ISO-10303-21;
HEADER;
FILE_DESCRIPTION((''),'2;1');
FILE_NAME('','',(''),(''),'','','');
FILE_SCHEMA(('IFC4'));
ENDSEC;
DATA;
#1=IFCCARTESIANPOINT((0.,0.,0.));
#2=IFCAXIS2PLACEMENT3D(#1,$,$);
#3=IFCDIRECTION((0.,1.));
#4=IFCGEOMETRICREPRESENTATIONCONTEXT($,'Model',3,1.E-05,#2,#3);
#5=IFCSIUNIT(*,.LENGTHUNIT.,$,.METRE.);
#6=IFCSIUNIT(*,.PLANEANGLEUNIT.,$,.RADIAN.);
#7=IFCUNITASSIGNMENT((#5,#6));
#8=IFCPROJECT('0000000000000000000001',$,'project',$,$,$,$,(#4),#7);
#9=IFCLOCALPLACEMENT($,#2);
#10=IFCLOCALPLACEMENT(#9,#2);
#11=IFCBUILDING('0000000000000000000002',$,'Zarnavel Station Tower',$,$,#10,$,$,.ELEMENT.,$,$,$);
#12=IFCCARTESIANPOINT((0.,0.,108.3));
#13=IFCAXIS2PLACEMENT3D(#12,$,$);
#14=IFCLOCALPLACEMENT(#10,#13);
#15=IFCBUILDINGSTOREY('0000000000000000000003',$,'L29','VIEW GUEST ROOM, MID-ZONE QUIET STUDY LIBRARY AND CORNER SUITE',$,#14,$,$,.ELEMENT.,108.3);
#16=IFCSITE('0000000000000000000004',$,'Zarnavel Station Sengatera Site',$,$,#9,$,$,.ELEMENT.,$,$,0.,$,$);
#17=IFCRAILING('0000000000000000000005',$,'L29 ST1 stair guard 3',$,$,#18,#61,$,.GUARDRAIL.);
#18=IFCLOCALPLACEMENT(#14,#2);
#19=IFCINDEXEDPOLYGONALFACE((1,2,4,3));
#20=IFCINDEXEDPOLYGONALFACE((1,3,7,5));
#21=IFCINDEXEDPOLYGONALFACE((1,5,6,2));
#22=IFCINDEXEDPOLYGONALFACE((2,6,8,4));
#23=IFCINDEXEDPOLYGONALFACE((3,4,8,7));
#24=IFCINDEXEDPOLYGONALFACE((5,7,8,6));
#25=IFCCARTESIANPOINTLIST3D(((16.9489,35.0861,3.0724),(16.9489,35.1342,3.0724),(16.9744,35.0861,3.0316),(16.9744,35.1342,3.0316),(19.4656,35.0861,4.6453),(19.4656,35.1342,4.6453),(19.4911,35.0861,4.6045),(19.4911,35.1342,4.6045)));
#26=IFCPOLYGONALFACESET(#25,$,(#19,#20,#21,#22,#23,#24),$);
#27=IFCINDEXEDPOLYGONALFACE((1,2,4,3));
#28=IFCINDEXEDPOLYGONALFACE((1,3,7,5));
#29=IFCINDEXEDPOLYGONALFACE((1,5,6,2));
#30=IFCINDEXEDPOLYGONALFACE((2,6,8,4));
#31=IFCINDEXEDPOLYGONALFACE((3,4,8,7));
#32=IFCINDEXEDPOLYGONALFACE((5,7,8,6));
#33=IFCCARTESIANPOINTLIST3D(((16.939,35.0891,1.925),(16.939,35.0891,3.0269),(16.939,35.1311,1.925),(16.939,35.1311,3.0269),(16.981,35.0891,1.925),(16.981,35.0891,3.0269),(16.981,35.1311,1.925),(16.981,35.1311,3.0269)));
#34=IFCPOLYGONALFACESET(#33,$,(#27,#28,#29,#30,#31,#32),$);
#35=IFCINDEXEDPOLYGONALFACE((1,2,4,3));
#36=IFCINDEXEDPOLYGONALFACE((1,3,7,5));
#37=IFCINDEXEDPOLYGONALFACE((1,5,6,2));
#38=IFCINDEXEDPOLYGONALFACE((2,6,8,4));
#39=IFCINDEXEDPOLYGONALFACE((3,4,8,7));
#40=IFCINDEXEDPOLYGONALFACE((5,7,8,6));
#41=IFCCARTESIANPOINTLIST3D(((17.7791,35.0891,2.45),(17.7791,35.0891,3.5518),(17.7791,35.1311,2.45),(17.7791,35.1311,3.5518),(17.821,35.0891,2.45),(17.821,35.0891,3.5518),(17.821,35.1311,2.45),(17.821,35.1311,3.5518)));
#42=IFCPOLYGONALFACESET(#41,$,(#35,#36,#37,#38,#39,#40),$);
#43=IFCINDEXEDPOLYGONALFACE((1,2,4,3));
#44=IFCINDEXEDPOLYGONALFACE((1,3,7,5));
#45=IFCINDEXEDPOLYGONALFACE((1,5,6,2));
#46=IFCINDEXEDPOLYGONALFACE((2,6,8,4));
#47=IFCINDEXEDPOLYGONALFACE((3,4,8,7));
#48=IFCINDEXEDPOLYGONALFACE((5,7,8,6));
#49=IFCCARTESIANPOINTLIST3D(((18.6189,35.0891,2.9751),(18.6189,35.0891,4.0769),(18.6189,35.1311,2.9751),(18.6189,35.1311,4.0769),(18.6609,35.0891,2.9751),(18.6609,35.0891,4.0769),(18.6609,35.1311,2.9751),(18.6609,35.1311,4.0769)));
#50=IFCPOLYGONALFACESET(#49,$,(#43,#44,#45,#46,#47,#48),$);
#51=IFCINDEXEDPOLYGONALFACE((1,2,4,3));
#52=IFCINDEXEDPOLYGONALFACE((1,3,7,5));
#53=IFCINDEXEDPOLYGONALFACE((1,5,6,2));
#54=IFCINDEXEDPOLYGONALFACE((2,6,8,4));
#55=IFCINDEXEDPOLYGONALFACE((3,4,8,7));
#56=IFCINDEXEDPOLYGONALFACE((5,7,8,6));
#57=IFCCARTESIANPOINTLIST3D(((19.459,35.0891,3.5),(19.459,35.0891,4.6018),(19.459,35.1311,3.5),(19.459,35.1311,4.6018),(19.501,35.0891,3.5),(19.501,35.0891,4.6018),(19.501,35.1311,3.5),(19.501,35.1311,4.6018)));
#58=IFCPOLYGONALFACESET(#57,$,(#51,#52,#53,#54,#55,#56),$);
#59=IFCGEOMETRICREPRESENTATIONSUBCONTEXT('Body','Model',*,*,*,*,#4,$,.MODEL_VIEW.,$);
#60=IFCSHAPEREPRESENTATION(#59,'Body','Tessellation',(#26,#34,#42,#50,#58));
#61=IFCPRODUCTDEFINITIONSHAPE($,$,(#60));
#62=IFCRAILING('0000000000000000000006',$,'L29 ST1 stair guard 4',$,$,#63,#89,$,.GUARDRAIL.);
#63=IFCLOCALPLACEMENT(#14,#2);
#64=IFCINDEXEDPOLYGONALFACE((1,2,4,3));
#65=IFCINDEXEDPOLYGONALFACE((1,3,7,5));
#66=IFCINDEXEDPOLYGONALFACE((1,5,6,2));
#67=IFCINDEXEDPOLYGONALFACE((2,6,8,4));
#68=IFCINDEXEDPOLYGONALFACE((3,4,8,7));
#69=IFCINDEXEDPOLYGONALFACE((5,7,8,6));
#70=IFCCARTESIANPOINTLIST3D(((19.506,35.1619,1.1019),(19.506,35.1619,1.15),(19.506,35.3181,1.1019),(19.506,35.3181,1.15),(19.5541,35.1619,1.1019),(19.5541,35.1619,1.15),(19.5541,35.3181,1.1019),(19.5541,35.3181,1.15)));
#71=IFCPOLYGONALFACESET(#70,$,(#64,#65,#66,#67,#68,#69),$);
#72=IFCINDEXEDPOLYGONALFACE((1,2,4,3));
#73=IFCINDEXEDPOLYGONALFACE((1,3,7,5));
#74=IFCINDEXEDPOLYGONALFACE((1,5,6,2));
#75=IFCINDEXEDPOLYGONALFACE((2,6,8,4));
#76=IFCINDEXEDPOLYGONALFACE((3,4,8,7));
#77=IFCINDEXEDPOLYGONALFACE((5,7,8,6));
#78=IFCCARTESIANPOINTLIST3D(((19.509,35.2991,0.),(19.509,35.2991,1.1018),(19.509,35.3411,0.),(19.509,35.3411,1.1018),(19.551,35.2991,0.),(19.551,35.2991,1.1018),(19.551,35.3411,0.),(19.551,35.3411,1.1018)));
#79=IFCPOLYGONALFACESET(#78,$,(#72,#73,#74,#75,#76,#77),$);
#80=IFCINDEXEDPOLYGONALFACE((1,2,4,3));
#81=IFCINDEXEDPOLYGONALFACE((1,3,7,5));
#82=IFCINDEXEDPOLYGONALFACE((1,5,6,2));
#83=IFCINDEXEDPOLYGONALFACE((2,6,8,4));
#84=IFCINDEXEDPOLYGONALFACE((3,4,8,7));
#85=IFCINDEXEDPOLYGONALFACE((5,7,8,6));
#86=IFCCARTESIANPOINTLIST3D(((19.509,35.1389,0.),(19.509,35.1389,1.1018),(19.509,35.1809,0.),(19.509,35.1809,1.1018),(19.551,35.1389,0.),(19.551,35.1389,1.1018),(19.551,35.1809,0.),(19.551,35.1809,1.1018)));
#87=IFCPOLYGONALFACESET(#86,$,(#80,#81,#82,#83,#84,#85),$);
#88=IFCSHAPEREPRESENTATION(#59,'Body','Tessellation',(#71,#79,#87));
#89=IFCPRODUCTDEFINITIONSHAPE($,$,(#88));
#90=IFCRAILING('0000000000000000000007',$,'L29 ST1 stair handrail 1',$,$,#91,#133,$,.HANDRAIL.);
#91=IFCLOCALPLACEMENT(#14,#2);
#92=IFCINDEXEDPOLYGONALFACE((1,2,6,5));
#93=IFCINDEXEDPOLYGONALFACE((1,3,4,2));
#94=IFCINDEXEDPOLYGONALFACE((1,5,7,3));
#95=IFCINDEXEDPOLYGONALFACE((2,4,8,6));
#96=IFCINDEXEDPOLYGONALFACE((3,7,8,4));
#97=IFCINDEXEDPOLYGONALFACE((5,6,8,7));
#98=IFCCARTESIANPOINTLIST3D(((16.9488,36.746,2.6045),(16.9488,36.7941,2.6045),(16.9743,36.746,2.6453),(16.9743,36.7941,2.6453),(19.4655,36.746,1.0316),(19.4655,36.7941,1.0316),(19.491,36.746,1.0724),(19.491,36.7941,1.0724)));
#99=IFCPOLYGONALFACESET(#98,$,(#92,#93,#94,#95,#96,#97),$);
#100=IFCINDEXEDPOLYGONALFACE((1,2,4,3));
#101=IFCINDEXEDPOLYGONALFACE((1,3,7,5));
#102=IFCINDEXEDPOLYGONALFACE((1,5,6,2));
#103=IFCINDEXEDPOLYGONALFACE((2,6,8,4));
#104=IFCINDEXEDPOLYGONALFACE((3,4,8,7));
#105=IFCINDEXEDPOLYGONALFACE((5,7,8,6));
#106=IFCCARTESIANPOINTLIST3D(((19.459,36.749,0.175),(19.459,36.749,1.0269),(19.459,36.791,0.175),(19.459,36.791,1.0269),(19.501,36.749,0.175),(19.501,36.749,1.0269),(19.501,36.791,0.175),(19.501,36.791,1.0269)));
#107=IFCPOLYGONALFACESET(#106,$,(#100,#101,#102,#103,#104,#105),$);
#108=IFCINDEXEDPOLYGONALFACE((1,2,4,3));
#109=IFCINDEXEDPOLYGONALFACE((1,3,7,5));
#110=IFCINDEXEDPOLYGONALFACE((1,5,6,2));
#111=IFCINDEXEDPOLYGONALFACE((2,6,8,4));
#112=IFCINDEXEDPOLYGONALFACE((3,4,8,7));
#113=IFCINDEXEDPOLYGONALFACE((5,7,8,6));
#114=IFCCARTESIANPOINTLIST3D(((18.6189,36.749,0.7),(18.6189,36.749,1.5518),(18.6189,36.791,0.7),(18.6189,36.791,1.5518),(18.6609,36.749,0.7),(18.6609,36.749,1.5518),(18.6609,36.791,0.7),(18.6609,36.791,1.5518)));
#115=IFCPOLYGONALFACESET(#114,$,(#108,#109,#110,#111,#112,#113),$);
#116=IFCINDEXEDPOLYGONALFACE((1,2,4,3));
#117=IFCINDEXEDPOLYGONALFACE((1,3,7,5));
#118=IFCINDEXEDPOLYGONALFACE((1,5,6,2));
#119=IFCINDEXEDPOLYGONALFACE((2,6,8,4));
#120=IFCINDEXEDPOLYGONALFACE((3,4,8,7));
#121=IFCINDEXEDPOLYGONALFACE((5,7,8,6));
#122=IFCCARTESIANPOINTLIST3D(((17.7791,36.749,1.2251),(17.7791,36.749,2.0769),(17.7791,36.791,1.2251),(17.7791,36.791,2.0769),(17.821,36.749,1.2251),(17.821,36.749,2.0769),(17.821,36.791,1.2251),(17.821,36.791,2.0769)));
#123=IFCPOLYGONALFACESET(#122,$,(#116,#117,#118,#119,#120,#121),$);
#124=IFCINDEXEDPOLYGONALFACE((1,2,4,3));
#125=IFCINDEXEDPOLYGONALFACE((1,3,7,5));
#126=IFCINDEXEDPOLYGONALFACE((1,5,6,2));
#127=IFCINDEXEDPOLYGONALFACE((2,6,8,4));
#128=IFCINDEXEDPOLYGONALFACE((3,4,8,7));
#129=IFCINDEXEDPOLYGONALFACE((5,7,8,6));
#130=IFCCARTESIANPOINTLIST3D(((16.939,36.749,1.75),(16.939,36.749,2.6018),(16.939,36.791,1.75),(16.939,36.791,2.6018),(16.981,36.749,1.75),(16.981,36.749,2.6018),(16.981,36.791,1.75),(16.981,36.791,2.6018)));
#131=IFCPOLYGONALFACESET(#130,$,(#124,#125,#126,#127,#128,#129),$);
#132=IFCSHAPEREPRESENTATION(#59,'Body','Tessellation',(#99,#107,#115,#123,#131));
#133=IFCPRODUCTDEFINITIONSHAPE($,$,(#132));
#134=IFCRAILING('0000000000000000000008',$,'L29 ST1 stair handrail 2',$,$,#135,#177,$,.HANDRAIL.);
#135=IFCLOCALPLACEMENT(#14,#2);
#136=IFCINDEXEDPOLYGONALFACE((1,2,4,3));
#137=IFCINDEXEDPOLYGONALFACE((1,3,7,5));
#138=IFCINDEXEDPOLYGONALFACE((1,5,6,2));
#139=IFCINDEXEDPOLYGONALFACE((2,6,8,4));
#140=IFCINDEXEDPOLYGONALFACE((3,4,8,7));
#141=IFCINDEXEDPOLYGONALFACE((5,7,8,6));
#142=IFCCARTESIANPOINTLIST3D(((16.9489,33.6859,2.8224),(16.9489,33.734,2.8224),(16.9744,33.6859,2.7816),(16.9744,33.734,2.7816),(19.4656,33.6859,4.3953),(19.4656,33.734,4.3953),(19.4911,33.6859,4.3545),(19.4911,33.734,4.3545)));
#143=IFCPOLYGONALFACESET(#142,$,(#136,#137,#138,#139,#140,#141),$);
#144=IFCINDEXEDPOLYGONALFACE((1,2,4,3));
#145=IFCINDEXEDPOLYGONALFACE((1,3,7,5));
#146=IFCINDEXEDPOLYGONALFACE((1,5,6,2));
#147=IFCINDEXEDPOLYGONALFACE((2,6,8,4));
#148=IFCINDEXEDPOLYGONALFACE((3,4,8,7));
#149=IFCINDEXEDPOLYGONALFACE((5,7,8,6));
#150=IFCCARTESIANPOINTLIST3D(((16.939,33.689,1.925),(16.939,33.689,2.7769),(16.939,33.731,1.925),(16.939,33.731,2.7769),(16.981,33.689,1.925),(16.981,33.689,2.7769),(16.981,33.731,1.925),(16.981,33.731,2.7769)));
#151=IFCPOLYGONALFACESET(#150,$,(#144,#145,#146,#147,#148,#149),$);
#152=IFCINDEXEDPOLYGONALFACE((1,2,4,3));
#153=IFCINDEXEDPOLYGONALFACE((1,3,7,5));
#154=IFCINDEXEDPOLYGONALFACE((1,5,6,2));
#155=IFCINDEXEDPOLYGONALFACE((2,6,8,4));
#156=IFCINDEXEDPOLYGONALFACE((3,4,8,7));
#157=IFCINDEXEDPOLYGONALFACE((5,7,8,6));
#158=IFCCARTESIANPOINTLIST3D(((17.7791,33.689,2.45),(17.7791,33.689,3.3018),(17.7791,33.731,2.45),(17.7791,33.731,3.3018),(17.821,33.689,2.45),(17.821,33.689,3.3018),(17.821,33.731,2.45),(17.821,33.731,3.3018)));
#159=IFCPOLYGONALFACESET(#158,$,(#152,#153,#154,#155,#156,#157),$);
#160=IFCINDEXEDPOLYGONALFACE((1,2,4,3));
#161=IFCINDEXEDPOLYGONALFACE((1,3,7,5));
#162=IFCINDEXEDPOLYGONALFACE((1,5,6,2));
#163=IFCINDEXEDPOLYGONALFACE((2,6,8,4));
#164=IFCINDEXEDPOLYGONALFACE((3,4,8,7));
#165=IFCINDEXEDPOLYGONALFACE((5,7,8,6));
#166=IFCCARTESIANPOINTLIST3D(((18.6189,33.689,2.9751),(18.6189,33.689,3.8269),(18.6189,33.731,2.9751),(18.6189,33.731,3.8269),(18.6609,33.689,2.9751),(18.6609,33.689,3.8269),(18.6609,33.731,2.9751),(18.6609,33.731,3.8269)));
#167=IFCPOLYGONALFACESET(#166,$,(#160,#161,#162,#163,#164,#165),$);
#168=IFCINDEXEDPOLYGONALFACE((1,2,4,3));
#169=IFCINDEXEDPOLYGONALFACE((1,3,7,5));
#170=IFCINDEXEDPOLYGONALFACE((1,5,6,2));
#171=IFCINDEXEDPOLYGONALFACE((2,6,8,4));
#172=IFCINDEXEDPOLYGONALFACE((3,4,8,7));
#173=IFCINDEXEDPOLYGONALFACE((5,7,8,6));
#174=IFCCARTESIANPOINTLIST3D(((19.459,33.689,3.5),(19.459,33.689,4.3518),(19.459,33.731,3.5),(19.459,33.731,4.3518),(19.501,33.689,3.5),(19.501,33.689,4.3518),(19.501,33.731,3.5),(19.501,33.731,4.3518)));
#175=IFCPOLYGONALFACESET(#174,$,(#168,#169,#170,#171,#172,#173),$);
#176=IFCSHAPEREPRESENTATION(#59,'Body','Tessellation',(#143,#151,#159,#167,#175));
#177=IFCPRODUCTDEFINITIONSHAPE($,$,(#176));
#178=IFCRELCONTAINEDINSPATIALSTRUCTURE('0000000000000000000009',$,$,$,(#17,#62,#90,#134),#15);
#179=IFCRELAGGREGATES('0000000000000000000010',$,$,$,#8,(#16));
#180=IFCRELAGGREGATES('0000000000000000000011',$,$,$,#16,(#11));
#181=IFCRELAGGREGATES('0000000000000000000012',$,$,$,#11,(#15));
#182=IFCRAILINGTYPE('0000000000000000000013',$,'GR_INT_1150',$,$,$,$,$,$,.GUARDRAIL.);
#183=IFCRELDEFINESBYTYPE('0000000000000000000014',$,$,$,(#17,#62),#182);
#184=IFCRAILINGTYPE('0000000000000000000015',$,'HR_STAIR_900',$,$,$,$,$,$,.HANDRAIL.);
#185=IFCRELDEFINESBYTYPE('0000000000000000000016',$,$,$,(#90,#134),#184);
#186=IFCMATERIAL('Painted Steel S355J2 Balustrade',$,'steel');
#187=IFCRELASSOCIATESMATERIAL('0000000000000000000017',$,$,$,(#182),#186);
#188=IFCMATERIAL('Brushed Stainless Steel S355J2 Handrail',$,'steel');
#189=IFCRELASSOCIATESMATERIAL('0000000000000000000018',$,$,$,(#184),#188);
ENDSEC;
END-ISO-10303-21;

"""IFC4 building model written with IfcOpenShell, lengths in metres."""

from ifc_helpers import new_model, si_unit, direction, frame, origin, origin_2d, place, context, subcontext, project, spatial, rectangle, extrude, material, type_object, element, save


model = new_model("IFC4")

# Units and contexts
model_context = context("Model", 3, precision=1e-05, world=origin(), true_north=direction((0.0, 1.0)))
body_context = subcontext(model_context, "Body", "Model", "MODEL_VIEW")
ifc_project = project(units=[si_unit("LENGTHUNIT", "METRE"), si_unit("PLANEANGLEUNIT", "RADIAN")], contexts=[model_context])

# Site, building, storey
site_placement = place(None, origin())
site = spatial("IfcSite", under=ifc_project, at=site_placement, Name="Zarnavel Station Sengatera Site", CompositionType="ELEMENT", RefElevation=0.0)
building_placement = place(site_placement, origin())
building = spatial("IfcBuilding", under=site, at=building_placement, Name="Zarnavel Station Tower", CompositionType="ELEMENT")
storey_placement = place(building_placement, frame((0.0, 0.0, 108.3)))
storey = spatial("IfcBuildingStorey", under=building, at=storey_placement, Name="L29", Description="VIEW GUEST ROOM, MID-ZONE QUIET STUDY LIBRARY AND CORNER SUITE", CompositionType="ELEMENT", Elevation=108.3)

# Railings
ifc_material_1 = material(Name="Painted Steel S355J2 Balustrade", Category="steel")
railing_type_1 = type_object("IfcRailingType", Name="GR_INT_1150", PredefinedType="GUARDRAIL", material=ifc_material_1)
railing_1_placement = place(storey_placement, frame((16.96, 35.1101, 1.925)))
element("IfcRailing", 1, at=railing_1_placement, inside=storey, type_object=railing_type_1, Name="L29 ST1 stair guard 3", PredefinedType="GUARDRAIL", context=body_context, shape_type="SweptSolid", body=[
    extrude(rectangle(XDim=0.0481, YDim=0.0481, at=origin_2d()), frame((0.0017, 0.0, 1.127), z_axis=(0.848008, 0.0, 0.529984), x_axis=(0.0, 1.0, 0.0)), (0.0, 0.0, 1.0), 2.9678),
    extrude(rectangle(XDim=0.042, YDim=0.042, at=origin_2d()), origin(), (0.0, 0.0, 1.0), 1.1018),
    extrude(rectangle(XDim=0.042, YDim=0.042, at=origin_2d()), frame((0.8401, 0.0, 0.5249)), (0.0, 0.0, 1.0), 1.1018),
    extrude(rectangle(XDim=0.042, YDim=0.042, at=origin_2d()), frame((1.6799, 0.0, 1.05)), (0.0, 0.0, 1.0), 1.1018),
    extrude(rectangle(XDim=0.042, YDim=0.042, at=origin_2d()), frame((2.52, 0.0, 1.575)), (0.0, 0.0, 1.0), 1.1018),
])
railing_2_placement = place(storey_placement, frame((19.53, 35.3201, 0.0)))
element("IfcRailing", 2, at=railing_2_placement, inside=storey, type_object=railing_type_1, Name="L29 ST1 stair guard 4", PredefinedType="GUARDRAIL", context=body_context, shape_type="SweptSolid", body=[
    extrude(rectangle(XDim=0.0481, YDim=0.0481, at=origin_2d()), frame((0.0, -0.002, 1.126), z_axis=(0.0, -1.0, 0.0), x_axis=(1.0, 0.0, 0.0)), (0.0, 0.0, 1.0), 0.1562),
    extrude(rectangle(XDim=0.042, YDim=0.042, at=origin_2d()), origin(), (0.0, 0.0, 1.0), 1.1018),
    extrude(rectangle(XDim=0.042, YDim=0.042, at=origin_2d()), frame((0.0, -0.1602, 0.0)), (0.0, 0.0, 1.0), 1.1018),
])
ifc_material_2 = material(Name="Brushed Stainless Steel S355J2 Handrail", Category="steel")
railing_type_2 = type_object("IfcRailingType", Name="HR_STAIR_900", PredefinedType="HANDRAIL", material=ifc_material_2)
railing_3_placement = place(storey_placement, frame((19.48, 36.77, 0.175)))
element("IfcRailing", 3, at=railing_3_placement, inside=storey, type_object=railing_type_2, Name="L29 ST1 stair handrail 1", PredefinedType="HANDRAIL", context=body_context, shape_type="SweptSolid", body=[
    extrude(rectangle(XDim=0.0481, YDim=0.0481, at=origin_2d()), frame((-0.0017, 0.0, 0.877), z_axis=(-0.848008, 0.0, 0.529984), x_axis=(0.0, -1.0, 0.0)), (0.0, 0.0, 1.0), 2.9678),
    extrude(rectangle(XDim=0.042, YDim=0.042, at=origin_2d()), origin(), (0.0, 0.0, 1.0), 0.8518),
    extrude(rectangle(XDim=0.042, YDim=0.042, at=origin_2d()), frame((-0.8401, 0.0, 0.5249)), (0.0, 0.0, 1.0), 0.8518),
    extrude(rectangle(XDim=0.042, YDim=0.042, at=origin_2d()), frame((-1.6799, 0.0, 1.05)), (0.0, 0.0, 1.0), 0.8518),
    extrude(rectangle(XDim=0.042, YDim=0.042, at=origin_2d()), frame((-2.52, 0.0, 1.575)), (0.0, 0.0, 1.0), 0.8518),
])
railing_4_placement = place(storey_placement, frame((16.96, 33.71, 1.925)))
element("IfcRailing", 4, at=railing_4_placement, inside=storey, type_object=railing_type_2, Name="L29 ST1 stair handrail 2", PredefinedType="HANDRAIL", context=body_context, shape_type="SweptSolid", body=[
    extrude(rectangle(XDim=0.0481, YDim=0.0481, at=origin_2d()), frame((0.0017, 0.0, 0.877), z_axis=(0.848008, 0.0, 0.529984), x_axis=(0.0, 1.0, 0.0)), (0.0, 0.0, 1.0), 2.9678),
    extrude(rectangle(XDim=0.042, YDim=0.042, at=origin_2d()), origin(), (0.0, 0.0, 1.0), 0.8518),
    extrude(rectangle(XDim=0.042, YDim=0.042, at=origin_2d()), frame((0.8401, 0.0, 0.5249)), (0.0, 0.0, 1.0), 0.8518),
    extrude(rectangle(XDim=0.042, YDim=0.042, at=origin_2d()), frame((1.6799, 0.0, 1.05)), (0.0, 0.0, 1.0), 0.8518),
    extrude(rectangle(XDim=0.042, YDim=0.042, at=origin_2d()), frame((2.52, 0.0, 1.575)), (0.0, 0.0, 1.0), 0.8518),
])

save(model, "model.ifc")
